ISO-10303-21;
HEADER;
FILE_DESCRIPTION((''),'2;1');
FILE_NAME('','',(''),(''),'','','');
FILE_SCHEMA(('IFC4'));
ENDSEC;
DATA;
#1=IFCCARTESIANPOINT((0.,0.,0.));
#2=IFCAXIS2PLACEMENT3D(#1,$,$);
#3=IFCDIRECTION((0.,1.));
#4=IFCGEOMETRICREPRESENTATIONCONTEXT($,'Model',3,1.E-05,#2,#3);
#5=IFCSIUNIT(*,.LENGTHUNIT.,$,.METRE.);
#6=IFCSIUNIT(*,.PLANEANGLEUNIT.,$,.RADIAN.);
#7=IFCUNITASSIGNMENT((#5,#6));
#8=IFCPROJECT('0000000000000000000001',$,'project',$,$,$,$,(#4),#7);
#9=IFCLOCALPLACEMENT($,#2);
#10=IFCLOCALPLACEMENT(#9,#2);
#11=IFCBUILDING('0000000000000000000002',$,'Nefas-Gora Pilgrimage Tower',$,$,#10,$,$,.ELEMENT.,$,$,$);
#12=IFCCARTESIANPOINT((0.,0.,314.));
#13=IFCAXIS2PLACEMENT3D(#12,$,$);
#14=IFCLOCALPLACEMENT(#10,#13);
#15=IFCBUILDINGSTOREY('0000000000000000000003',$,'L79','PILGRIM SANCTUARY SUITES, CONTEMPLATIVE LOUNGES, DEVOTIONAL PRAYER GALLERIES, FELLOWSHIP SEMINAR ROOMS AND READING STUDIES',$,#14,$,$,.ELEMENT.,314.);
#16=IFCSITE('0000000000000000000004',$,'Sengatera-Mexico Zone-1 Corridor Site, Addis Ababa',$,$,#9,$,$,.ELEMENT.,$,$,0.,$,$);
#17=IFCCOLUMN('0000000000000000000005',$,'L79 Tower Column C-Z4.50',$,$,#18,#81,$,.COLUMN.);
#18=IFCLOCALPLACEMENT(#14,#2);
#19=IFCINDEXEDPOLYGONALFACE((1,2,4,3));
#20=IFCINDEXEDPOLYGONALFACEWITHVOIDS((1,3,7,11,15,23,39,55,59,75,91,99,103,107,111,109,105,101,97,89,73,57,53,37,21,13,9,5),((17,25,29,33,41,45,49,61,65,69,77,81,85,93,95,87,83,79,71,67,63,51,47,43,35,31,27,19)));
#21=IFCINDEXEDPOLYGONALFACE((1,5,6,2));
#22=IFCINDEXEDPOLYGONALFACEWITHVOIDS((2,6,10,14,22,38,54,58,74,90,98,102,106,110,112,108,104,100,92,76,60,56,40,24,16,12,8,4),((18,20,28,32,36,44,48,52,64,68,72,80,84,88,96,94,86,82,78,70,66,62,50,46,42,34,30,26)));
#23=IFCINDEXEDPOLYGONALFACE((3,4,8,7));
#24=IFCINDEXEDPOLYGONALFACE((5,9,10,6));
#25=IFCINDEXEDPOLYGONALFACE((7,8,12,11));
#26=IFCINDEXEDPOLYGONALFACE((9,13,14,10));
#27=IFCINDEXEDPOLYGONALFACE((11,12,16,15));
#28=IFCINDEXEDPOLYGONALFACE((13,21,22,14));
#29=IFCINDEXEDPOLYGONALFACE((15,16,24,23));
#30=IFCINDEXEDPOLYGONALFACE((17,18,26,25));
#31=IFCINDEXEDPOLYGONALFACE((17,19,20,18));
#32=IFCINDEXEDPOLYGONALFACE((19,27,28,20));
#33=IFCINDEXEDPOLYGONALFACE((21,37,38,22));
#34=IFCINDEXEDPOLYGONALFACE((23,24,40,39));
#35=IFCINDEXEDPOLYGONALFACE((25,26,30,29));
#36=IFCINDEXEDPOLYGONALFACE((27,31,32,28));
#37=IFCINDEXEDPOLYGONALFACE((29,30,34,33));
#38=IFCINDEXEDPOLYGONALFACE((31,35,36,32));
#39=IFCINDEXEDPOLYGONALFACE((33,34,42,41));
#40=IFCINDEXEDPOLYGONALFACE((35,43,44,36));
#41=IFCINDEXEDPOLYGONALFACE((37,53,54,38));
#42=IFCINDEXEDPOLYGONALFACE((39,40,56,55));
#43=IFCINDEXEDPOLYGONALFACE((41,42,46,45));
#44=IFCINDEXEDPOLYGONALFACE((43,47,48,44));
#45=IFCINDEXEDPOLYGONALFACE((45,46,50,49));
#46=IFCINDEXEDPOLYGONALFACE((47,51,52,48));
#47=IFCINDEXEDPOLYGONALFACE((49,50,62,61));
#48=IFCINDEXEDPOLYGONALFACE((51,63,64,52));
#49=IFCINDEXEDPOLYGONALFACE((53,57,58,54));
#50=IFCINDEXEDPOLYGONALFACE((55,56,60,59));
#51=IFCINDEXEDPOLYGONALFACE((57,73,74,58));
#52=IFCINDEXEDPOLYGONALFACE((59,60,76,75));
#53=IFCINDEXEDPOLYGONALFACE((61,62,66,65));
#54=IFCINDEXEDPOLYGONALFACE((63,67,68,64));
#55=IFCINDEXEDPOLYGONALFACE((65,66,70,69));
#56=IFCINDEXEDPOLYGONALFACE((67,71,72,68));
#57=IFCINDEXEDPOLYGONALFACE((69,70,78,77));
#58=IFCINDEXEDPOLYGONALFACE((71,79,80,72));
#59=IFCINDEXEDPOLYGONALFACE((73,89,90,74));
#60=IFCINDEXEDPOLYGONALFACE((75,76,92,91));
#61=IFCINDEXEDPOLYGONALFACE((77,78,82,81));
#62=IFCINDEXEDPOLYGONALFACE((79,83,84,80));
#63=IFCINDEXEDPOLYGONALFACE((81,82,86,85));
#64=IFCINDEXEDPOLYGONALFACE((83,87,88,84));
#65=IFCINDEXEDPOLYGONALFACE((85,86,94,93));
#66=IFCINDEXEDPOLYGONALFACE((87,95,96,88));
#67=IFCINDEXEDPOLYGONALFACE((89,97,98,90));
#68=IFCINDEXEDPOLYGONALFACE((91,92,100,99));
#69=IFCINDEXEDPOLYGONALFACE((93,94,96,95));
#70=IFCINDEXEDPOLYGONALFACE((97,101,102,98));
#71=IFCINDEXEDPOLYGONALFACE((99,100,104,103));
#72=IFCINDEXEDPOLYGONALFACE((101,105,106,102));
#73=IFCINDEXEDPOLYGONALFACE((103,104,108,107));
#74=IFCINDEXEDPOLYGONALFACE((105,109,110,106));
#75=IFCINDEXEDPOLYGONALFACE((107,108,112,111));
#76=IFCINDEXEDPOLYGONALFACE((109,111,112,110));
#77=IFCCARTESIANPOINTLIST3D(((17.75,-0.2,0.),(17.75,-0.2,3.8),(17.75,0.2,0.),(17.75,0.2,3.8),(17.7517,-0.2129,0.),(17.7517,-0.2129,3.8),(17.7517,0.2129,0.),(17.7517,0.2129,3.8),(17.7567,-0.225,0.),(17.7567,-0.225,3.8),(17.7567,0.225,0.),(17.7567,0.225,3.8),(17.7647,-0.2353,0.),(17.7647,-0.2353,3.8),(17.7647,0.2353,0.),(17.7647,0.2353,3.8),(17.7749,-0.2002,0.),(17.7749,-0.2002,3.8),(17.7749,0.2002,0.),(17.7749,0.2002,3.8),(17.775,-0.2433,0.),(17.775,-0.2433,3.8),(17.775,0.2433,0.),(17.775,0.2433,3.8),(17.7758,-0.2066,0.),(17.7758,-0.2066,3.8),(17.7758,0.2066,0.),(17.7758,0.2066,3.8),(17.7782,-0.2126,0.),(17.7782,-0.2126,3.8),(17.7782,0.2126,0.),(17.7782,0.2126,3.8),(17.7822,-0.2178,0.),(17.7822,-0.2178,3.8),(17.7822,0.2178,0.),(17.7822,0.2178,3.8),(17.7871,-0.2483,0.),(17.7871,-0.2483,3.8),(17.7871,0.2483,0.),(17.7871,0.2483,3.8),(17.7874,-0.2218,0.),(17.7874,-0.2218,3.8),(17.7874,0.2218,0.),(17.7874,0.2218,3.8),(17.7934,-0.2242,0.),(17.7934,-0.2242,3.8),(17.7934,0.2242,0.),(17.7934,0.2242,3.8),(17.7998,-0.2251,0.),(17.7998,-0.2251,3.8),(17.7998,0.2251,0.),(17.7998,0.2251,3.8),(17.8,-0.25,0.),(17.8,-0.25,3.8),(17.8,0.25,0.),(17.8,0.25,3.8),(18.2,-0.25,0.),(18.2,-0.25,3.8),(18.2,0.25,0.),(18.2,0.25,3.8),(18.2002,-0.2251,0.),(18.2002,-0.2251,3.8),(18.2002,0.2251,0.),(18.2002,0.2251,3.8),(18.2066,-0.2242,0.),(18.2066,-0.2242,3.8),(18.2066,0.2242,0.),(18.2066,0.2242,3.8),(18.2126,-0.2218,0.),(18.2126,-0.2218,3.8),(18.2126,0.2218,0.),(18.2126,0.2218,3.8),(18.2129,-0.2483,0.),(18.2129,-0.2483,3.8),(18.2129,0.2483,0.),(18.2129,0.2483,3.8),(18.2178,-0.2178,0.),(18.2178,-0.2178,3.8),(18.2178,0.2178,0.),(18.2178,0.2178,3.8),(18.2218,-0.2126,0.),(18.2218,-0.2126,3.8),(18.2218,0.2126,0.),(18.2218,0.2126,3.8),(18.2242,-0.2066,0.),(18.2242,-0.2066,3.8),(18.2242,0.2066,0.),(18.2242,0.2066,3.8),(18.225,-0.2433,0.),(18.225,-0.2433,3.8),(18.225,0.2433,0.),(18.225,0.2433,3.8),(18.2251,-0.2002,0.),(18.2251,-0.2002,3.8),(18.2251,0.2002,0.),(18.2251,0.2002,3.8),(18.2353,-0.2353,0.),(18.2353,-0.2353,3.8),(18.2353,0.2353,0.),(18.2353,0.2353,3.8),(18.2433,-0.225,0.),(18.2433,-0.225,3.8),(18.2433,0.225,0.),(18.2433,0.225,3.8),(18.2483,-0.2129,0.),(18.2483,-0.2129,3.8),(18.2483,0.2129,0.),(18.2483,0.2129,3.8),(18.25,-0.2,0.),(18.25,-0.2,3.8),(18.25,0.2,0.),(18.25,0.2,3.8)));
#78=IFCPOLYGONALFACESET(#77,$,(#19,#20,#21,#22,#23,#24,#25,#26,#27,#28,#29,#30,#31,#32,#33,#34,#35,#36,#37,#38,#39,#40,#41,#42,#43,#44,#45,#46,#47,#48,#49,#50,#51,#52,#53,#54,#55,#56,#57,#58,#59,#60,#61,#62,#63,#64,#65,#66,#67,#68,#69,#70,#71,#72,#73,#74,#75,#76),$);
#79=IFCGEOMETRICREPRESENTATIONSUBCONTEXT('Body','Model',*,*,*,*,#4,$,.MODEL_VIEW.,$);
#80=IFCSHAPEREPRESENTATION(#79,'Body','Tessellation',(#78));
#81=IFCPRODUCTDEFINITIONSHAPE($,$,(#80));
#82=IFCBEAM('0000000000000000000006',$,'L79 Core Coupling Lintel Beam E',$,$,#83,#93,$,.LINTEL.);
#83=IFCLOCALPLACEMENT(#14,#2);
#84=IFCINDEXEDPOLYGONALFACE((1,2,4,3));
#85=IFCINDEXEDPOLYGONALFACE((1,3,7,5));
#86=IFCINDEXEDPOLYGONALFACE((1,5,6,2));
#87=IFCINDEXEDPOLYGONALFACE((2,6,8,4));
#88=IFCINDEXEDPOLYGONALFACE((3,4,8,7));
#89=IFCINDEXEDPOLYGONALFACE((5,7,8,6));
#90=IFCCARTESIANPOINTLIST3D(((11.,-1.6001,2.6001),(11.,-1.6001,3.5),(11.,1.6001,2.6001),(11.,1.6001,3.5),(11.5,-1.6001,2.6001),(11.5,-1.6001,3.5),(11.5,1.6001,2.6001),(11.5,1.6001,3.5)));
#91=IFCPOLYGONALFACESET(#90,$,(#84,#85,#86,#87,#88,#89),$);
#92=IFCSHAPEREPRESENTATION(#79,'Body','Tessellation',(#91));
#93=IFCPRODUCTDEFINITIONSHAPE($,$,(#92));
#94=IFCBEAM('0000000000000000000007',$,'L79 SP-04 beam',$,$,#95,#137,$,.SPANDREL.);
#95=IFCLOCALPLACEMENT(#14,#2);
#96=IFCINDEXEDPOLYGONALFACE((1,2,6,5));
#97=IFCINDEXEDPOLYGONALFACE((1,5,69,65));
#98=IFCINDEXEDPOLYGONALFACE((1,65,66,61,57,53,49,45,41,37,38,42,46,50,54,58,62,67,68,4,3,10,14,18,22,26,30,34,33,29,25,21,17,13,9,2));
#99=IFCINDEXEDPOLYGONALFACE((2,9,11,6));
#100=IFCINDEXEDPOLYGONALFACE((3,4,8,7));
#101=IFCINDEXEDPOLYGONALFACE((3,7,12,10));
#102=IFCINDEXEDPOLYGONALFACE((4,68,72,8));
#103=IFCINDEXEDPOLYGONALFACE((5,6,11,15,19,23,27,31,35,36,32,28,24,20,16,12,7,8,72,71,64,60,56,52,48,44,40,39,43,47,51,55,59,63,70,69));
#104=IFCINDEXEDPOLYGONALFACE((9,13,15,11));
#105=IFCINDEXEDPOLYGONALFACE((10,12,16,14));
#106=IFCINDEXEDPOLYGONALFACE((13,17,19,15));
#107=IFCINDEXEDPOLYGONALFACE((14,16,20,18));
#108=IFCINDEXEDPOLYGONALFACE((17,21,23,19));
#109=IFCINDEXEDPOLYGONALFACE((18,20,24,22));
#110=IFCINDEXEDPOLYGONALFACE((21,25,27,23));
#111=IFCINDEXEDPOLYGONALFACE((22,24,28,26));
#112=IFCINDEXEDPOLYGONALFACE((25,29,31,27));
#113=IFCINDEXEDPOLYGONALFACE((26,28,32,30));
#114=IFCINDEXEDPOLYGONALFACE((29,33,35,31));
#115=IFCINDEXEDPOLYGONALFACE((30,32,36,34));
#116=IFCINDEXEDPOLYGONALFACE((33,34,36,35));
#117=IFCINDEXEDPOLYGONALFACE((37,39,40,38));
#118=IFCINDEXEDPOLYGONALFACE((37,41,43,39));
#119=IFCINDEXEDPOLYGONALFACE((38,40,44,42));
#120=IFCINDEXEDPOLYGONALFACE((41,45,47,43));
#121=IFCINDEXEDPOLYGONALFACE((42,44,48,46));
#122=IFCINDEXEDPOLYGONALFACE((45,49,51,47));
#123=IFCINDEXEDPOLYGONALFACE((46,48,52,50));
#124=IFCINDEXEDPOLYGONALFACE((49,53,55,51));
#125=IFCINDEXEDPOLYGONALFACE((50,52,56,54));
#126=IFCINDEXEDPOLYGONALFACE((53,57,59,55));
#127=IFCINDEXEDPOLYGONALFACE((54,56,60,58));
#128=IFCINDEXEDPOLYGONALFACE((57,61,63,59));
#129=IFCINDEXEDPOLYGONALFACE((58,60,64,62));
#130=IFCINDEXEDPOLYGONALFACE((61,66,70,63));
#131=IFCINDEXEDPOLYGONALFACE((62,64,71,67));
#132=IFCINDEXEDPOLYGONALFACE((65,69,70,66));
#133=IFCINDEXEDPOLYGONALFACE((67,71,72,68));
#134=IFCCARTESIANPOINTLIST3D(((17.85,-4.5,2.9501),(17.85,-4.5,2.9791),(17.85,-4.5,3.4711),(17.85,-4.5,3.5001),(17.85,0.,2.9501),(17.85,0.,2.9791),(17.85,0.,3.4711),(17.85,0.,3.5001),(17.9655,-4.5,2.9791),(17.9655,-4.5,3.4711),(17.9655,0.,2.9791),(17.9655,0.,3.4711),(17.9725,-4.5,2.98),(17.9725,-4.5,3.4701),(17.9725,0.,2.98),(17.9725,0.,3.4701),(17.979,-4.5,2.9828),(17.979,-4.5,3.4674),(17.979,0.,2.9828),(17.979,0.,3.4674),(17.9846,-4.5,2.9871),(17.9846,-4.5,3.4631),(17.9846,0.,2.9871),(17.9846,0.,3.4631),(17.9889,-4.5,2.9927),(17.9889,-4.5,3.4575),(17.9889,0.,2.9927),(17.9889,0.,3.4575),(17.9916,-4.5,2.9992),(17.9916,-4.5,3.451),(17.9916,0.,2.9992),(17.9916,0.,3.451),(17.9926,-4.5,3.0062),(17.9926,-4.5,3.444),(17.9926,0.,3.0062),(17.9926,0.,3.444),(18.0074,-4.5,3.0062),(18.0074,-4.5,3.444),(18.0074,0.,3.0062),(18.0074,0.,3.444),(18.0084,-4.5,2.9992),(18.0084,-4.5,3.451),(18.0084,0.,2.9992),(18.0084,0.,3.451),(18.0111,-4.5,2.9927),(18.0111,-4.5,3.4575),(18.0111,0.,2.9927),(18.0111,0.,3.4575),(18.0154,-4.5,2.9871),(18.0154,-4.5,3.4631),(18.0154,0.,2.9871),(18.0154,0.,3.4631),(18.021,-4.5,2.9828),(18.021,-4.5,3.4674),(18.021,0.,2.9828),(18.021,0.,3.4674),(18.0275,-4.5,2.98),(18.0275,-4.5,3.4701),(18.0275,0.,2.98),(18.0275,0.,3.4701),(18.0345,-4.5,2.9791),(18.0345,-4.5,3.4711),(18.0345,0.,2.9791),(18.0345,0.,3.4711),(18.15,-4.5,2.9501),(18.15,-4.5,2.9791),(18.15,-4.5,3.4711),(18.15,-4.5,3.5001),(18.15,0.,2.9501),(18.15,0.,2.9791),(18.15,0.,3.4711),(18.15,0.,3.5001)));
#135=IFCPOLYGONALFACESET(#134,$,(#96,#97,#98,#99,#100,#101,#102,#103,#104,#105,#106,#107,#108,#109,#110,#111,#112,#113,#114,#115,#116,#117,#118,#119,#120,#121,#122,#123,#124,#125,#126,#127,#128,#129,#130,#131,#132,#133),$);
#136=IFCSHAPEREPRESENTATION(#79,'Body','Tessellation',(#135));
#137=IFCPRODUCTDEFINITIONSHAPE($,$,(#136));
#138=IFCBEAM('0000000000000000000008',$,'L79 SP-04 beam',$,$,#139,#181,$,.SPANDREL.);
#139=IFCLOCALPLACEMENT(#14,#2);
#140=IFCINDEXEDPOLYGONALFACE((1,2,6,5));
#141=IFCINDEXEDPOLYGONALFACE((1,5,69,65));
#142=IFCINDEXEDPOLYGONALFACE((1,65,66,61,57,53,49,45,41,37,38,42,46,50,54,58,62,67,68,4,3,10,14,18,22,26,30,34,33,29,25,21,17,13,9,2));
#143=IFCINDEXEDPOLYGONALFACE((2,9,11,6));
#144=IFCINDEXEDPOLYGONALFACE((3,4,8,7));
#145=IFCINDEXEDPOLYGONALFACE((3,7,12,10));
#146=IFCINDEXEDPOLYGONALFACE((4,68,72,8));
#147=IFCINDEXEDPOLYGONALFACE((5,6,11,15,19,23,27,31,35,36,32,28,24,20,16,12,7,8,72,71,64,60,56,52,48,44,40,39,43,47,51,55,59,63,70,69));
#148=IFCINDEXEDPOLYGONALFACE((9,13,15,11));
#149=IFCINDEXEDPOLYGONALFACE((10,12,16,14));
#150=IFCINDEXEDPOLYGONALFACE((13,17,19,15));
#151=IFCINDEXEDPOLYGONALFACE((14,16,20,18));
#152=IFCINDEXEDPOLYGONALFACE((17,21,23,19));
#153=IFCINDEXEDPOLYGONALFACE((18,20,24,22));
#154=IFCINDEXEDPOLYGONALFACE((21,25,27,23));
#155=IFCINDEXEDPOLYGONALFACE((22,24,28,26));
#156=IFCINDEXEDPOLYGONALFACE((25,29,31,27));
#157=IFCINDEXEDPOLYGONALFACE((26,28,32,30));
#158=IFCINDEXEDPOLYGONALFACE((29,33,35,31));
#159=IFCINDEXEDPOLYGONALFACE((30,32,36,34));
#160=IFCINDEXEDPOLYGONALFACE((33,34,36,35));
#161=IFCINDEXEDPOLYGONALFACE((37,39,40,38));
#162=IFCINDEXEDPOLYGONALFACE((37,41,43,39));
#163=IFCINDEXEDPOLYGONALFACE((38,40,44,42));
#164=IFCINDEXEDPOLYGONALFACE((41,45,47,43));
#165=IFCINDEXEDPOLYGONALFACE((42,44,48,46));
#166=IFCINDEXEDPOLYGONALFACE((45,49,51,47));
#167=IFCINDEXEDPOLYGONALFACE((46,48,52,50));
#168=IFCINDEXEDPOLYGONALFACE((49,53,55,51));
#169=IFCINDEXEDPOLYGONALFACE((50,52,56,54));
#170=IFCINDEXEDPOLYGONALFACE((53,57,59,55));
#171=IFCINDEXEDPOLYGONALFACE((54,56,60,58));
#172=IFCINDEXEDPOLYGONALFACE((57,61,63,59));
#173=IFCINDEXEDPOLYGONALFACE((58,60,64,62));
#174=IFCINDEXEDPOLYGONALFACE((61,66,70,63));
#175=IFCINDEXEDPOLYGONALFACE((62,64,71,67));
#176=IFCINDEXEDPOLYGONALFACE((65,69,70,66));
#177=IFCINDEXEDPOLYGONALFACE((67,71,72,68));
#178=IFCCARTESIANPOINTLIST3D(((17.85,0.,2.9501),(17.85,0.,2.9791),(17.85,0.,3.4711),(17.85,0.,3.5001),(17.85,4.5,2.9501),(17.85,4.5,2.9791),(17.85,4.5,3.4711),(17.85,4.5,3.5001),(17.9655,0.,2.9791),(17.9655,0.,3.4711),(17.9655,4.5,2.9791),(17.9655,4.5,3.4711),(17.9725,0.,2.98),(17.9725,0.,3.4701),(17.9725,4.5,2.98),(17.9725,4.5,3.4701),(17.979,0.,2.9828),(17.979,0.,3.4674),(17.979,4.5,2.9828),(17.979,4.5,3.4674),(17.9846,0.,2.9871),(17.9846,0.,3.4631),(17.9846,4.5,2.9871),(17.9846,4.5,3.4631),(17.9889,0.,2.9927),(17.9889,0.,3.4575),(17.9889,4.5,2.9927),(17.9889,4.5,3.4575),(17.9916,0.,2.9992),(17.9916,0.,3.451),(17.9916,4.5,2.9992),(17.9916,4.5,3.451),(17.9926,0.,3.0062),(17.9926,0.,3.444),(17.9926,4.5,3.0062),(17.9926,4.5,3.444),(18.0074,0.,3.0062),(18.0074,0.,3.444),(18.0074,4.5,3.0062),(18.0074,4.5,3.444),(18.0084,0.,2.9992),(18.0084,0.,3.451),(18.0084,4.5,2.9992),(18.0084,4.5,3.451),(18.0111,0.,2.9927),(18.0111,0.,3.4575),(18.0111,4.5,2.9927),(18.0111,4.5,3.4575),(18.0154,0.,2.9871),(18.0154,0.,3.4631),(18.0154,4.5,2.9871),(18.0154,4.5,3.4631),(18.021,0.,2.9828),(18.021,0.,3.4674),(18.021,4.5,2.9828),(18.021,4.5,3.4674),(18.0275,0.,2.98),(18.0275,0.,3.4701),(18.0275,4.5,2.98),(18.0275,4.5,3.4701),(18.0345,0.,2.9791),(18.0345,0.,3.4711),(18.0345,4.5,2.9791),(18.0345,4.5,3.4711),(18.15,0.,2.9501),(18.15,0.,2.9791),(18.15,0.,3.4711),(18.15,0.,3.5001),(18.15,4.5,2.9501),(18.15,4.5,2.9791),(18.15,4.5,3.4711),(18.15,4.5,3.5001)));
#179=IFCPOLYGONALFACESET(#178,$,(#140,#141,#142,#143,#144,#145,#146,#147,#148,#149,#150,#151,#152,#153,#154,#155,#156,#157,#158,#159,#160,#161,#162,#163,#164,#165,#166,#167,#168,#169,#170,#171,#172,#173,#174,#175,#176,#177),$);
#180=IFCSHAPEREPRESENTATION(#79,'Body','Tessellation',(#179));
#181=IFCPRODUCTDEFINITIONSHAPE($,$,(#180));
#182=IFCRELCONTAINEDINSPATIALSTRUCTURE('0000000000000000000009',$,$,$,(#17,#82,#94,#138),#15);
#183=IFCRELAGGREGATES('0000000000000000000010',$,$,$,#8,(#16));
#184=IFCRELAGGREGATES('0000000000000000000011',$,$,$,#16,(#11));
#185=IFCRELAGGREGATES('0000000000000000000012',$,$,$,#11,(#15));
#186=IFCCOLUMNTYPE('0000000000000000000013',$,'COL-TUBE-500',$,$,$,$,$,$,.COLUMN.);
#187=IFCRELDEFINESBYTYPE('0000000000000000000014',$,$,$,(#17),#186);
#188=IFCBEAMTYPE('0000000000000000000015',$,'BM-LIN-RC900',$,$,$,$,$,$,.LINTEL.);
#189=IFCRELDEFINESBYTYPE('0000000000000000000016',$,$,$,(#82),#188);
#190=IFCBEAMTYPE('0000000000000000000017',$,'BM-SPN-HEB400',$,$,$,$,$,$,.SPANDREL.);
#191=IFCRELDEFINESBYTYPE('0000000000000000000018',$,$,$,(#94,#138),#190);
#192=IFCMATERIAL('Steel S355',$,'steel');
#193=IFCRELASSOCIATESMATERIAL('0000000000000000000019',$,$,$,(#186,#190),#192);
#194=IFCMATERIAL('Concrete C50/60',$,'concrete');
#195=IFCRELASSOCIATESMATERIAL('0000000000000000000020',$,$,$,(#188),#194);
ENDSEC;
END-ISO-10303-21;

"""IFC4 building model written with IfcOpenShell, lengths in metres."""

from ifc_helpers import new_model, si_unit, direction, frame, origin, origin_2d, place, context, subcontext, project, spatial, rectangle, hollow_rectangle, i_section, extrude, source, transform, mapped, material, material_profile, profile_set, type_object, element, save


model = new_model("IFC4")

# Units and contexts
model_context = context("Model", 3, precision=1e-05, world=origin(), true_north=direction((0.0, 1.0)))
body_context = subcontext(model_context, "Body", "Model", "MODEL_VIEW")
ifc_project = project(units=[si_unit("LENGTHUNIT", "METRE"), si_unit("PLANEANGLEUNIT", "RADIAN")], contexts=[model_context])

# Site, building, storey
site_placement = place(None, origin())
site = spatial("IfcSite", under=ifc_project, at=site_placement, Name="Sengatera-Mexico Zone-1 Corridor Site, Addis Ababa", CompositionType="ELEMENT", RefElevation=0.0)
building_placement = place(site_placement, origin())
building = spatial("IfcBuilding", under=site, at=building_placement, Name="Nefas-Gora Pilgrimage Tower", CompositionType="ELEMENT")
storey_placement = place(building_placement, frame((0.0, 0.0, 314.0)))
storey = spatial("IfcBuildingStorey", under=building, at=storey_placement, Name="L79", Description="PILGRIM SANCTUARY SUITES, CONTEMPLATIVE LOUNGES, DEVOTIONAL PRAYER GALLERIES, FELLOWSHIP SEMINAR ROOMS AND READING STUDIES", CompositionType="ELEMENT", Elevation=314.0)

# Column
ifc_material_1 = material(Name="Steel S355", Category="steel")
ifc_material_profile_1 = material_profile(ifc_material_1, hollow_rectangle(XDim=0.5, YDim=0.5, WallThickness=0.0249, InnerFilletRadius=0.0249, OuterFilletRadius=0.05, at=origin_2d()), Name="SHS 500x500x25")
ifc_profile_set_1 = profile_set([ifc_material_profile_1], Name="Steel S355")
column_type_1 = type_object("IfcColumnType", Name="COL-TUBE-500", PredefinedType="COLUMN", material=ifc_profile_set_1)
shared_shape_1 = source(origin(), body_context, "Body", "SweptSolid", [
    extrude(hollow_rectangle(XDim=0.5, YDim=0.5, WallThickness=0.0249, InnerFilletRadius=0.0249, OuterFilletRadius=0.05, at=origin_2d()), origin(), (0.0, 0.0, 1.0), 3.8),
])
for number, where, z_axis, x_axis, name in (
    (1, (18.0, 0.0, 0.0), (0.0, 0.0, 1.0), (1.0, 0.0, 0.0), "L79 Tower Column C-Z4.50"),
):
    element("IfcColumn", number, at=place(storey_placement, frame(where, z_axis=z_axis, x_axis=x_axis)), inside=storey, type_object=column_type_1, Name=name, PredefinedType="COLUMN", context=body_context, shape_type="MappedRepresentation", body=[
        mapped(shared_shape_1, transform((0.0, 0.0, 0.0), x_axis=(1.0, 0.0, 0.0), y_axis=(0.0, 1.0, 0.0), z_axis=(0.0, 0.0, 1.0), scale=1.0)),
    ])

# Beams
ifc_material_2 = material(Name="Concrete C50/60", Category="concrete")
ifc_material_profile_2 = material_profile(ifc_material_2, rectangle(XDim=0.5, YDim=0.8999, at=origin_2d()), Name="RC 500x900")
ifc_profile_set_2 = profile_set([ifc_material_profile_2], Name="Concrete C50/60")
beam_type_1 = type_object("IfcBeamType", Name="BM-LIN-RC900", PredefinedType="LINTEL", material=ifc_profile_set_2)
shared_shape_2 = source(origin(), body_context, "Body", "SweptSolid", [
    extrude(rectangle(XDim=0.5, YDim=0.8999, at=origin_2d()), origin(), (0.0, 0.0, 1.0), 3.2002),
])
beam_placement = place(storey_placement, frame((11.25, -1.6001, 3.05), z_axis=(0.0, 1.0, 0.0), x_axis=(-1.0, 0.0, 0.0)))
element("IfcBeam", 2, at=beam_placement, inside=storey, type_object=beam_type_1, Name="L79 Core Coupling Lintel Beam E", PredefinedType="LINTEL", context=body_context, shape_type="MappedRepresentation", body=[
    mapped(shared_shape_2, transform((0.0, 0.0, 0.0), x_axis=(1.0, 0.0, 0.0), y_axis=(0.0, 1.0, 0.0), z_axis=(0.0, 0.0, 1.0), scale=1.0)),
])
ifc_material_profile_3 = material_profile(ifc_material_1, i_section(OverallWidth=0.3, OverallDepth=0.55, WebThickness=0.0149, FlangeThickness=0.0291, FilletRadius=0.0271, at=origin_2d()), Name="HEB 550")
ifc_profile_set_3 = profile_set([ifc_material_profile_3], Name="Steel S355")
beam_type_2 = type_object("IfcBeamType", Name="BM-SPN-HEB400", PredefinedType="SPANDREL", material=ifc_profile_set_3)
shared_shape_3 = source(origin(), body_context, "Body", "SweptSolid", [
    extrude(i_section(OverallWidth=0.3, OverallDepth=0.55, WebThickness=0.0149, FlangeThickness=0.0291, FilletRadius=0.0271, at=origin_2d()), origin(), (0.0, 0.0, 1.0), 4.5),
])
for number, where, z_axis, x_axis, name in (
    (3, (18.0, -4.5, 3.2251), (0.0, 1.0, 0.0), (-1.0, 0.0, 0.0), "L79 SP-04 beam"),
    (4, (18.0, 0.0, 3.2251), (0.0, 1.0, 0.0), (-1.0, 0.0, 0.0), "L79 SP-04 beam"),
):
    element("IfcBeam", number, at=place(storey_placement, frame(where, z_axis=z_axis, x_axis=x_axis)), inside=storey, type_object=beam_type_2, Name=name, PredefinedType="SPANDREL", context=body_context, shape_type="MappedRepresentation", body=[
        mapped(shared_shape_3, transform((0.0, 0.0, 0.0), x_axis=(1.0, 0.0, 0.0), y_axis=(0.0, 1.0, 0.0), z_axis=(0.0, 0.0, 1.0), scale=1.0)),
    ])

save(model, "model.ifc")
